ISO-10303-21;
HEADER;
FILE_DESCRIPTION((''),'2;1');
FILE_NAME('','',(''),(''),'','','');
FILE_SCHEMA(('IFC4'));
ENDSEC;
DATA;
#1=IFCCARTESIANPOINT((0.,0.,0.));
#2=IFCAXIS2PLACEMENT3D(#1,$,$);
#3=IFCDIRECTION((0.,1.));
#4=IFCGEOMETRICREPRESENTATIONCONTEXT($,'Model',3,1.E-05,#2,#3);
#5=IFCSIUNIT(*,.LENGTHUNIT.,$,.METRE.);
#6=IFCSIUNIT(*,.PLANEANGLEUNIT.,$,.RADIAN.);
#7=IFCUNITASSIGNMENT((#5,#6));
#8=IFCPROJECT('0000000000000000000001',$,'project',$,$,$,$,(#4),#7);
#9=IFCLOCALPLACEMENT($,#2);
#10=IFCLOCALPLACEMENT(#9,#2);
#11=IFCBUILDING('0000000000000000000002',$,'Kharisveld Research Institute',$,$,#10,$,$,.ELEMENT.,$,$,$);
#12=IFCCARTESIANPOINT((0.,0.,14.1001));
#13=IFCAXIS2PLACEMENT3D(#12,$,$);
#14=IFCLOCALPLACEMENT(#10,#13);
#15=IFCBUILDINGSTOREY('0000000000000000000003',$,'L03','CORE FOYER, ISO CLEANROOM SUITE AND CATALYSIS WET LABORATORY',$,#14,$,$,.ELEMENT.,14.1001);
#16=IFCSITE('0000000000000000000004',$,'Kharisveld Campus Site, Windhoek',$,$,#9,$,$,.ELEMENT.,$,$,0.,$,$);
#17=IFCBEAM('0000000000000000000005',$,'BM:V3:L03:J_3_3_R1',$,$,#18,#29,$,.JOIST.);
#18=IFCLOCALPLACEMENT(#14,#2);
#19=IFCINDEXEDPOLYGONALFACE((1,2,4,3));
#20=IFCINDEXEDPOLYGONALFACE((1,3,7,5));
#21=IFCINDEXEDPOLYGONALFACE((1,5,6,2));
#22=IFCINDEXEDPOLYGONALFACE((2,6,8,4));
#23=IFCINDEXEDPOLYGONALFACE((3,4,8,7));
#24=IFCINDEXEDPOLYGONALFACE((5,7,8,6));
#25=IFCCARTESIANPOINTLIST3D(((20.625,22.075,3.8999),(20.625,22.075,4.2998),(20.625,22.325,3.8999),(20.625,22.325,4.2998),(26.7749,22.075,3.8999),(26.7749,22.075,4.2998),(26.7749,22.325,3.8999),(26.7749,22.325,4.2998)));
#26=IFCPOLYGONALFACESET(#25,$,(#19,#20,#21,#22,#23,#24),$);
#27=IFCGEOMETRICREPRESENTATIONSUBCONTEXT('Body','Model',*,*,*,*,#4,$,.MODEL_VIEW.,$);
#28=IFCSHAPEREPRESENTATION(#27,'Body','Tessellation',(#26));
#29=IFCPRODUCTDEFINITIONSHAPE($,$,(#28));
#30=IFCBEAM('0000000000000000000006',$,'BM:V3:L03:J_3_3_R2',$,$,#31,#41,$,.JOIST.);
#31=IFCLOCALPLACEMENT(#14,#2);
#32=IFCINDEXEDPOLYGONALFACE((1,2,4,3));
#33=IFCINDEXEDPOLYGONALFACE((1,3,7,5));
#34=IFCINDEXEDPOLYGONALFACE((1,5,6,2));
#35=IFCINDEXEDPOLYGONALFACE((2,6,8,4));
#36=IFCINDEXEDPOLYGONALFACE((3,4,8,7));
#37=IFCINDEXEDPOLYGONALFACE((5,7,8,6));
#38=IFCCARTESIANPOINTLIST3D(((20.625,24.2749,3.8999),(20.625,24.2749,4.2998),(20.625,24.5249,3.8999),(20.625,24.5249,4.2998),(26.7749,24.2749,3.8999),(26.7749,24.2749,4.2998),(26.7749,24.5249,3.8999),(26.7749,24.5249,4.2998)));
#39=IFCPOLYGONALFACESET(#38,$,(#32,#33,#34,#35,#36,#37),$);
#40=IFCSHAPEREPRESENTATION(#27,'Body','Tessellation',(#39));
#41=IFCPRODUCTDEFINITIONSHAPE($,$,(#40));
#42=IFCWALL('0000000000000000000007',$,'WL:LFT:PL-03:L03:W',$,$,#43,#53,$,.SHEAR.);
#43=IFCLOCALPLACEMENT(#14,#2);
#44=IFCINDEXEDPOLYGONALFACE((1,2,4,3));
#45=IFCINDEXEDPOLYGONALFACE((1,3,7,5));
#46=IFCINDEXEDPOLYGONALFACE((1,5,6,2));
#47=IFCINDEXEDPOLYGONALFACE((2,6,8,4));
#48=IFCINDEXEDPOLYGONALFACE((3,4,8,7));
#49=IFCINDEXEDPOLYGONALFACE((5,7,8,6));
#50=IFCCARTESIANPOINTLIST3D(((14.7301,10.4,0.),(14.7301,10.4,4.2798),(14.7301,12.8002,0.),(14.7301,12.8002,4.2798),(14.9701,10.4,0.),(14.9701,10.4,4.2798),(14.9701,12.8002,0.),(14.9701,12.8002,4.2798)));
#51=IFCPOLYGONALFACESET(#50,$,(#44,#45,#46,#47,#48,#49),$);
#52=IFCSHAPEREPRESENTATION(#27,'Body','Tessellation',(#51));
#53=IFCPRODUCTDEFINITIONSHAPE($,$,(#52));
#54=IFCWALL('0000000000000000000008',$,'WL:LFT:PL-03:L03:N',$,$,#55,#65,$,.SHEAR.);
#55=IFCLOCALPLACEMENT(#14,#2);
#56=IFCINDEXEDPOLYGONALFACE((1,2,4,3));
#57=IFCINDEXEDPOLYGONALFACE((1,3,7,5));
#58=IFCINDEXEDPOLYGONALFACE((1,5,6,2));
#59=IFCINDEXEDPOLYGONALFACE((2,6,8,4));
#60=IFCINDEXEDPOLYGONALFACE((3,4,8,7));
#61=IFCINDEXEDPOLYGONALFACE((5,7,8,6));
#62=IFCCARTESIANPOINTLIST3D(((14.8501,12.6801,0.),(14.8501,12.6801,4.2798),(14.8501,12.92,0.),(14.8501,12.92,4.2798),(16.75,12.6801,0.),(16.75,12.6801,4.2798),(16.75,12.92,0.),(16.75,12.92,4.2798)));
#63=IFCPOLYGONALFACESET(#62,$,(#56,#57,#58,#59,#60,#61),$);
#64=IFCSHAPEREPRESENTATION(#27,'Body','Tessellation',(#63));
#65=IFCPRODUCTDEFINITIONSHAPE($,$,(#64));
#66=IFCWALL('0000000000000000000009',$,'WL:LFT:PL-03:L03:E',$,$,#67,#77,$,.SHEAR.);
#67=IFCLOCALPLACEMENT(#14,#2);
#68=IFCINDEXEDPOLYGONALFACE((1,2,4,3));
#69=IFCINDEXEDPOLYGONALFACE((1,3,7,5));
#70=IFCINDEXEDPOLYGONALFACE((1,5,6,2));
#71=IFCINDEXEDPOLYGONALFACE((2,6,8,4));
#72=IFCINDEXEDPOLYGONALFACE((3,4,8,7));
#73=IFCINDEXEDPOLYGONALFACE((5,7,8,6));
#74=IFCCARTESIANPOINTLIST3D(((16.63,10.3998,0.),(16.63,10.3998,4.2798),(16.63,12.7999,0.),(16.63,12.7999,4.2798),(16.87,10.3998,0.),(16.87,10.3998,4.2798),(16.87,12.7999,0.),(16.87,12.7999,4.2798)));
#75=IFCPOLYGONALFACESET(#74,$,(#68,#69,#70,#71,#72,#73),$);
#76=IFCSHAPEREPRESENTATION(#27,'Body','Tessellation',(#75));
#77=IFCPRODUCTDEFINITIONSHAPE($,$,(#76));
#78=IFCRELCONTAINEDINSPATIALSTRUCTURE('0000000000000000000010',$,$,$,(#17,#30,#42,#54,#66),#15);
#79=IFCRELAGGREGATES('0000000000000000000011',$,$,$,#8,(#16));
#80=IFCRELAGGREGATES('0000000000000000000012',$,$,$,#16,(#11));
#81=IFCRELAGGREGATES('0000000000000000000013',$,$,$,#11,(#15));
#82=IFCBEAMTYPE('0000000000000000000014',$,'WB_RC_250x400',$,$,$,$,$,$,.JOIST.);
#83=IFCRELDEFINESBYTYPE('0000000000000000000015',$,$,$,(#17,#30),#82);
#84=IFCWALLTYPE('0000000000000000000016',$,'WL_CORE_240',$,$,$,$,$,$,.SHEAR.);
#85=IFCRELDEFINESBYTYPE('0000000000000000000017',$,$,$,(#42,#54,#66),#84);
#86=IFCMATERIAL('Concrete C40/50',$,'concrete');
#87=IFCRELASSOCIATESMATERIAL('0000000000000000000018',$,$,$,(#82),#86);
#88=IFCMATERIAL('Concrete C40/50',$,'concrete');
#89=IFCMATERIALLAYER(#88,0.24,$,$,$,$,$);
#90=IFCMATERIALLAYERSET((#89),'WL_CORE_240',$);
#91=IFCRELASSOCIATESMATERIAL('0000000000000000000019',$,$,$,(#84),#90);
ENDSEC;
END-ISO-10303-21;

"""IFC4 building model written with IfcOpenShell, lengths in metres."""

from ifc_helpers import new_model, si_unit, direction, frame, frame_2d, origin, origin_2d, place, context, subcontext, project, spatial, rectangle, extrude, material, layer, layer_set, material_profile, profile_set, type_object, element, save


model = new_model("IFC4")

# Units and contexts
model_context = context("Model", 3, precision=1e-05, world=origin(), true_north=direction((0.0, 1.0)))
body_context = subcontext(model_context, "Body", "Model", "MODEL_VIEW")
ifc_project = project(units=[si_unit("LENGTHUNIT", "METRE"), si_unit("PLANEANGLEUNIT", "RADIAN")], contexts=[model_context])

# Site, building, storey
site_placement = place(None, origin())
site = spatial("IfcSite", under=ifc_project, at=site_placement, Name="Kharisveld Campus Site, Windhoek", CompositionType="ELEMENT", RefElevation=0.0)
building_placement = place(site_placement, origin())
building = spatial("IfcBuilding", under=site, at=building_placement, Name="Kharisveld Research Institute", CompositionType="ELEMENT")
storey_placement = place(building_placement, frame((0.0, 0.0, 14.1001)))
storey = spatial("IfcBuildingStorey", under=building, at=storey_placement, Name="L03", Description="CORE FOYER, ISO CLEANROOM SUITE AND CATALYSIS WET LABORATORY", CompositionType="ELEMENT", Elevation=14.1001)

# Beams
ifc_material_1 = material(Name="Concrete C40/50", Category="concrete")
ifc_material_profile_1 = material_profile(ifc_material_1, rectangle(XDim=0.25, YDim=0.3999, at=origin_2d()))
ifc_profile_set_1 = profile_set([ifc_material_profile_1], Name="Concrete C40/50")
beam_type_1 = type_object("IfcBeamType", Name="WB_RC_250x400", PredefinedType="JOIST", material=ifc_profile_set_1)
for number, where, z_axis, x_axis, name in (
    (1, (20.625, 22.2, 4.0999), (1.0, 0.0, 0.0), (0.0, 1.0, 0.0), "BM:V3:L03:J_3_3_R1"),
    (2, (20.625, 24.3999, 4.0999), (1.0, 0.0, 0.0), (0.0, 1.0, 0.0), "BM:V3:L03:J_3_3_R2"),
):
    element("IfcBeam", number, at=place(storey_placement, frame(where, z_axis=z_axis, x_axis=x_axis)), inside=storey, type_object=beam_type_1, Name=name, PredefinedType="JOIST", context=body_context, shape_type="SweptSolid", body=[
        extrude(rectangle(XDim=0.25, YDim=0.3999, at=origin_2d()), origin(), (0.0, 0.0, 1.0), 6.1499),
    ])

# Walls
ifc_material_2 = material(Name="Concrete C40/50", Category="concrete")
ifc_layer = layer(ifc_material_2, 0.24)
ifc_layer_set = layer_set([ifc_layer], Name="WL_CORE_240")
wall_type = type_object("IfcWallType", Name="WL_CORE_240", PredefinedType="SHEAR", material=ifc_layer_set)
wall_1_placement = place(storey_placement, frame((14.8501, 10.3999, 0.0), z_axis=(0.0, 0.0, 1.0), x_axis=(0.0, 1.0, 0.0)))
element("IfcWall", 3, at=wall_1_placement, inside=storey, type_object=wall_type, Name="WL:LFT:PL-03:L03:W", PredefinedType="SHEAR", context=body_context, shape_type="SweptSolid", body=[
    extrude(rectangle(XDim=2.4001, YDim=0.24, at=frame_2d((1.2002, 0.0))), origin(), (0.0, 0.0, 1.0), 4.2798),
])
wall_2_placement = place(storey_placement, frame((14.8501, 12.8, 0.0), z_axis=(0.0, 0.0, 1.0), x_axis=(1.0, 0.0, 0.0)))
element("IfcWall", 4, at=wall_2_placement, inside=storey, type_object=wall_type, Name="WL:LFT:PL-03:L03:N", PredefinedType="SHEAR", context=body_context, shape_type="SweptSolid", body=[
    extrude(rectangle(XDim=1.8999, YDim=0.24, at=frame_2d((0.95, 0.0))), origin(), (0.0, 0.0, 1.0), 4.2798),
])
wall_3_placement = place(storey_placement, frame((16.75, 12.8, 0.0), z_axis=(0.0, 0.0, 1.0), x_axis=(0.0, -1.0, 0.0)))
element("IfcWall", 5, at=wall_3_placement, inside=storey, type_object=wall_type, Name="WL:LFT:PL-03:L03:E", PredefinedType="SHEAR", context=body_context, shape_type="SweptSolid", body=[
    extrude(rectangle(XDim=2.4001, YDim=0.24, at=frame_2d((1.2002, 0.0))), origin(), (0.0, 0.0, 1.0), 4.2798),
])

save(model, "model.ifc")
